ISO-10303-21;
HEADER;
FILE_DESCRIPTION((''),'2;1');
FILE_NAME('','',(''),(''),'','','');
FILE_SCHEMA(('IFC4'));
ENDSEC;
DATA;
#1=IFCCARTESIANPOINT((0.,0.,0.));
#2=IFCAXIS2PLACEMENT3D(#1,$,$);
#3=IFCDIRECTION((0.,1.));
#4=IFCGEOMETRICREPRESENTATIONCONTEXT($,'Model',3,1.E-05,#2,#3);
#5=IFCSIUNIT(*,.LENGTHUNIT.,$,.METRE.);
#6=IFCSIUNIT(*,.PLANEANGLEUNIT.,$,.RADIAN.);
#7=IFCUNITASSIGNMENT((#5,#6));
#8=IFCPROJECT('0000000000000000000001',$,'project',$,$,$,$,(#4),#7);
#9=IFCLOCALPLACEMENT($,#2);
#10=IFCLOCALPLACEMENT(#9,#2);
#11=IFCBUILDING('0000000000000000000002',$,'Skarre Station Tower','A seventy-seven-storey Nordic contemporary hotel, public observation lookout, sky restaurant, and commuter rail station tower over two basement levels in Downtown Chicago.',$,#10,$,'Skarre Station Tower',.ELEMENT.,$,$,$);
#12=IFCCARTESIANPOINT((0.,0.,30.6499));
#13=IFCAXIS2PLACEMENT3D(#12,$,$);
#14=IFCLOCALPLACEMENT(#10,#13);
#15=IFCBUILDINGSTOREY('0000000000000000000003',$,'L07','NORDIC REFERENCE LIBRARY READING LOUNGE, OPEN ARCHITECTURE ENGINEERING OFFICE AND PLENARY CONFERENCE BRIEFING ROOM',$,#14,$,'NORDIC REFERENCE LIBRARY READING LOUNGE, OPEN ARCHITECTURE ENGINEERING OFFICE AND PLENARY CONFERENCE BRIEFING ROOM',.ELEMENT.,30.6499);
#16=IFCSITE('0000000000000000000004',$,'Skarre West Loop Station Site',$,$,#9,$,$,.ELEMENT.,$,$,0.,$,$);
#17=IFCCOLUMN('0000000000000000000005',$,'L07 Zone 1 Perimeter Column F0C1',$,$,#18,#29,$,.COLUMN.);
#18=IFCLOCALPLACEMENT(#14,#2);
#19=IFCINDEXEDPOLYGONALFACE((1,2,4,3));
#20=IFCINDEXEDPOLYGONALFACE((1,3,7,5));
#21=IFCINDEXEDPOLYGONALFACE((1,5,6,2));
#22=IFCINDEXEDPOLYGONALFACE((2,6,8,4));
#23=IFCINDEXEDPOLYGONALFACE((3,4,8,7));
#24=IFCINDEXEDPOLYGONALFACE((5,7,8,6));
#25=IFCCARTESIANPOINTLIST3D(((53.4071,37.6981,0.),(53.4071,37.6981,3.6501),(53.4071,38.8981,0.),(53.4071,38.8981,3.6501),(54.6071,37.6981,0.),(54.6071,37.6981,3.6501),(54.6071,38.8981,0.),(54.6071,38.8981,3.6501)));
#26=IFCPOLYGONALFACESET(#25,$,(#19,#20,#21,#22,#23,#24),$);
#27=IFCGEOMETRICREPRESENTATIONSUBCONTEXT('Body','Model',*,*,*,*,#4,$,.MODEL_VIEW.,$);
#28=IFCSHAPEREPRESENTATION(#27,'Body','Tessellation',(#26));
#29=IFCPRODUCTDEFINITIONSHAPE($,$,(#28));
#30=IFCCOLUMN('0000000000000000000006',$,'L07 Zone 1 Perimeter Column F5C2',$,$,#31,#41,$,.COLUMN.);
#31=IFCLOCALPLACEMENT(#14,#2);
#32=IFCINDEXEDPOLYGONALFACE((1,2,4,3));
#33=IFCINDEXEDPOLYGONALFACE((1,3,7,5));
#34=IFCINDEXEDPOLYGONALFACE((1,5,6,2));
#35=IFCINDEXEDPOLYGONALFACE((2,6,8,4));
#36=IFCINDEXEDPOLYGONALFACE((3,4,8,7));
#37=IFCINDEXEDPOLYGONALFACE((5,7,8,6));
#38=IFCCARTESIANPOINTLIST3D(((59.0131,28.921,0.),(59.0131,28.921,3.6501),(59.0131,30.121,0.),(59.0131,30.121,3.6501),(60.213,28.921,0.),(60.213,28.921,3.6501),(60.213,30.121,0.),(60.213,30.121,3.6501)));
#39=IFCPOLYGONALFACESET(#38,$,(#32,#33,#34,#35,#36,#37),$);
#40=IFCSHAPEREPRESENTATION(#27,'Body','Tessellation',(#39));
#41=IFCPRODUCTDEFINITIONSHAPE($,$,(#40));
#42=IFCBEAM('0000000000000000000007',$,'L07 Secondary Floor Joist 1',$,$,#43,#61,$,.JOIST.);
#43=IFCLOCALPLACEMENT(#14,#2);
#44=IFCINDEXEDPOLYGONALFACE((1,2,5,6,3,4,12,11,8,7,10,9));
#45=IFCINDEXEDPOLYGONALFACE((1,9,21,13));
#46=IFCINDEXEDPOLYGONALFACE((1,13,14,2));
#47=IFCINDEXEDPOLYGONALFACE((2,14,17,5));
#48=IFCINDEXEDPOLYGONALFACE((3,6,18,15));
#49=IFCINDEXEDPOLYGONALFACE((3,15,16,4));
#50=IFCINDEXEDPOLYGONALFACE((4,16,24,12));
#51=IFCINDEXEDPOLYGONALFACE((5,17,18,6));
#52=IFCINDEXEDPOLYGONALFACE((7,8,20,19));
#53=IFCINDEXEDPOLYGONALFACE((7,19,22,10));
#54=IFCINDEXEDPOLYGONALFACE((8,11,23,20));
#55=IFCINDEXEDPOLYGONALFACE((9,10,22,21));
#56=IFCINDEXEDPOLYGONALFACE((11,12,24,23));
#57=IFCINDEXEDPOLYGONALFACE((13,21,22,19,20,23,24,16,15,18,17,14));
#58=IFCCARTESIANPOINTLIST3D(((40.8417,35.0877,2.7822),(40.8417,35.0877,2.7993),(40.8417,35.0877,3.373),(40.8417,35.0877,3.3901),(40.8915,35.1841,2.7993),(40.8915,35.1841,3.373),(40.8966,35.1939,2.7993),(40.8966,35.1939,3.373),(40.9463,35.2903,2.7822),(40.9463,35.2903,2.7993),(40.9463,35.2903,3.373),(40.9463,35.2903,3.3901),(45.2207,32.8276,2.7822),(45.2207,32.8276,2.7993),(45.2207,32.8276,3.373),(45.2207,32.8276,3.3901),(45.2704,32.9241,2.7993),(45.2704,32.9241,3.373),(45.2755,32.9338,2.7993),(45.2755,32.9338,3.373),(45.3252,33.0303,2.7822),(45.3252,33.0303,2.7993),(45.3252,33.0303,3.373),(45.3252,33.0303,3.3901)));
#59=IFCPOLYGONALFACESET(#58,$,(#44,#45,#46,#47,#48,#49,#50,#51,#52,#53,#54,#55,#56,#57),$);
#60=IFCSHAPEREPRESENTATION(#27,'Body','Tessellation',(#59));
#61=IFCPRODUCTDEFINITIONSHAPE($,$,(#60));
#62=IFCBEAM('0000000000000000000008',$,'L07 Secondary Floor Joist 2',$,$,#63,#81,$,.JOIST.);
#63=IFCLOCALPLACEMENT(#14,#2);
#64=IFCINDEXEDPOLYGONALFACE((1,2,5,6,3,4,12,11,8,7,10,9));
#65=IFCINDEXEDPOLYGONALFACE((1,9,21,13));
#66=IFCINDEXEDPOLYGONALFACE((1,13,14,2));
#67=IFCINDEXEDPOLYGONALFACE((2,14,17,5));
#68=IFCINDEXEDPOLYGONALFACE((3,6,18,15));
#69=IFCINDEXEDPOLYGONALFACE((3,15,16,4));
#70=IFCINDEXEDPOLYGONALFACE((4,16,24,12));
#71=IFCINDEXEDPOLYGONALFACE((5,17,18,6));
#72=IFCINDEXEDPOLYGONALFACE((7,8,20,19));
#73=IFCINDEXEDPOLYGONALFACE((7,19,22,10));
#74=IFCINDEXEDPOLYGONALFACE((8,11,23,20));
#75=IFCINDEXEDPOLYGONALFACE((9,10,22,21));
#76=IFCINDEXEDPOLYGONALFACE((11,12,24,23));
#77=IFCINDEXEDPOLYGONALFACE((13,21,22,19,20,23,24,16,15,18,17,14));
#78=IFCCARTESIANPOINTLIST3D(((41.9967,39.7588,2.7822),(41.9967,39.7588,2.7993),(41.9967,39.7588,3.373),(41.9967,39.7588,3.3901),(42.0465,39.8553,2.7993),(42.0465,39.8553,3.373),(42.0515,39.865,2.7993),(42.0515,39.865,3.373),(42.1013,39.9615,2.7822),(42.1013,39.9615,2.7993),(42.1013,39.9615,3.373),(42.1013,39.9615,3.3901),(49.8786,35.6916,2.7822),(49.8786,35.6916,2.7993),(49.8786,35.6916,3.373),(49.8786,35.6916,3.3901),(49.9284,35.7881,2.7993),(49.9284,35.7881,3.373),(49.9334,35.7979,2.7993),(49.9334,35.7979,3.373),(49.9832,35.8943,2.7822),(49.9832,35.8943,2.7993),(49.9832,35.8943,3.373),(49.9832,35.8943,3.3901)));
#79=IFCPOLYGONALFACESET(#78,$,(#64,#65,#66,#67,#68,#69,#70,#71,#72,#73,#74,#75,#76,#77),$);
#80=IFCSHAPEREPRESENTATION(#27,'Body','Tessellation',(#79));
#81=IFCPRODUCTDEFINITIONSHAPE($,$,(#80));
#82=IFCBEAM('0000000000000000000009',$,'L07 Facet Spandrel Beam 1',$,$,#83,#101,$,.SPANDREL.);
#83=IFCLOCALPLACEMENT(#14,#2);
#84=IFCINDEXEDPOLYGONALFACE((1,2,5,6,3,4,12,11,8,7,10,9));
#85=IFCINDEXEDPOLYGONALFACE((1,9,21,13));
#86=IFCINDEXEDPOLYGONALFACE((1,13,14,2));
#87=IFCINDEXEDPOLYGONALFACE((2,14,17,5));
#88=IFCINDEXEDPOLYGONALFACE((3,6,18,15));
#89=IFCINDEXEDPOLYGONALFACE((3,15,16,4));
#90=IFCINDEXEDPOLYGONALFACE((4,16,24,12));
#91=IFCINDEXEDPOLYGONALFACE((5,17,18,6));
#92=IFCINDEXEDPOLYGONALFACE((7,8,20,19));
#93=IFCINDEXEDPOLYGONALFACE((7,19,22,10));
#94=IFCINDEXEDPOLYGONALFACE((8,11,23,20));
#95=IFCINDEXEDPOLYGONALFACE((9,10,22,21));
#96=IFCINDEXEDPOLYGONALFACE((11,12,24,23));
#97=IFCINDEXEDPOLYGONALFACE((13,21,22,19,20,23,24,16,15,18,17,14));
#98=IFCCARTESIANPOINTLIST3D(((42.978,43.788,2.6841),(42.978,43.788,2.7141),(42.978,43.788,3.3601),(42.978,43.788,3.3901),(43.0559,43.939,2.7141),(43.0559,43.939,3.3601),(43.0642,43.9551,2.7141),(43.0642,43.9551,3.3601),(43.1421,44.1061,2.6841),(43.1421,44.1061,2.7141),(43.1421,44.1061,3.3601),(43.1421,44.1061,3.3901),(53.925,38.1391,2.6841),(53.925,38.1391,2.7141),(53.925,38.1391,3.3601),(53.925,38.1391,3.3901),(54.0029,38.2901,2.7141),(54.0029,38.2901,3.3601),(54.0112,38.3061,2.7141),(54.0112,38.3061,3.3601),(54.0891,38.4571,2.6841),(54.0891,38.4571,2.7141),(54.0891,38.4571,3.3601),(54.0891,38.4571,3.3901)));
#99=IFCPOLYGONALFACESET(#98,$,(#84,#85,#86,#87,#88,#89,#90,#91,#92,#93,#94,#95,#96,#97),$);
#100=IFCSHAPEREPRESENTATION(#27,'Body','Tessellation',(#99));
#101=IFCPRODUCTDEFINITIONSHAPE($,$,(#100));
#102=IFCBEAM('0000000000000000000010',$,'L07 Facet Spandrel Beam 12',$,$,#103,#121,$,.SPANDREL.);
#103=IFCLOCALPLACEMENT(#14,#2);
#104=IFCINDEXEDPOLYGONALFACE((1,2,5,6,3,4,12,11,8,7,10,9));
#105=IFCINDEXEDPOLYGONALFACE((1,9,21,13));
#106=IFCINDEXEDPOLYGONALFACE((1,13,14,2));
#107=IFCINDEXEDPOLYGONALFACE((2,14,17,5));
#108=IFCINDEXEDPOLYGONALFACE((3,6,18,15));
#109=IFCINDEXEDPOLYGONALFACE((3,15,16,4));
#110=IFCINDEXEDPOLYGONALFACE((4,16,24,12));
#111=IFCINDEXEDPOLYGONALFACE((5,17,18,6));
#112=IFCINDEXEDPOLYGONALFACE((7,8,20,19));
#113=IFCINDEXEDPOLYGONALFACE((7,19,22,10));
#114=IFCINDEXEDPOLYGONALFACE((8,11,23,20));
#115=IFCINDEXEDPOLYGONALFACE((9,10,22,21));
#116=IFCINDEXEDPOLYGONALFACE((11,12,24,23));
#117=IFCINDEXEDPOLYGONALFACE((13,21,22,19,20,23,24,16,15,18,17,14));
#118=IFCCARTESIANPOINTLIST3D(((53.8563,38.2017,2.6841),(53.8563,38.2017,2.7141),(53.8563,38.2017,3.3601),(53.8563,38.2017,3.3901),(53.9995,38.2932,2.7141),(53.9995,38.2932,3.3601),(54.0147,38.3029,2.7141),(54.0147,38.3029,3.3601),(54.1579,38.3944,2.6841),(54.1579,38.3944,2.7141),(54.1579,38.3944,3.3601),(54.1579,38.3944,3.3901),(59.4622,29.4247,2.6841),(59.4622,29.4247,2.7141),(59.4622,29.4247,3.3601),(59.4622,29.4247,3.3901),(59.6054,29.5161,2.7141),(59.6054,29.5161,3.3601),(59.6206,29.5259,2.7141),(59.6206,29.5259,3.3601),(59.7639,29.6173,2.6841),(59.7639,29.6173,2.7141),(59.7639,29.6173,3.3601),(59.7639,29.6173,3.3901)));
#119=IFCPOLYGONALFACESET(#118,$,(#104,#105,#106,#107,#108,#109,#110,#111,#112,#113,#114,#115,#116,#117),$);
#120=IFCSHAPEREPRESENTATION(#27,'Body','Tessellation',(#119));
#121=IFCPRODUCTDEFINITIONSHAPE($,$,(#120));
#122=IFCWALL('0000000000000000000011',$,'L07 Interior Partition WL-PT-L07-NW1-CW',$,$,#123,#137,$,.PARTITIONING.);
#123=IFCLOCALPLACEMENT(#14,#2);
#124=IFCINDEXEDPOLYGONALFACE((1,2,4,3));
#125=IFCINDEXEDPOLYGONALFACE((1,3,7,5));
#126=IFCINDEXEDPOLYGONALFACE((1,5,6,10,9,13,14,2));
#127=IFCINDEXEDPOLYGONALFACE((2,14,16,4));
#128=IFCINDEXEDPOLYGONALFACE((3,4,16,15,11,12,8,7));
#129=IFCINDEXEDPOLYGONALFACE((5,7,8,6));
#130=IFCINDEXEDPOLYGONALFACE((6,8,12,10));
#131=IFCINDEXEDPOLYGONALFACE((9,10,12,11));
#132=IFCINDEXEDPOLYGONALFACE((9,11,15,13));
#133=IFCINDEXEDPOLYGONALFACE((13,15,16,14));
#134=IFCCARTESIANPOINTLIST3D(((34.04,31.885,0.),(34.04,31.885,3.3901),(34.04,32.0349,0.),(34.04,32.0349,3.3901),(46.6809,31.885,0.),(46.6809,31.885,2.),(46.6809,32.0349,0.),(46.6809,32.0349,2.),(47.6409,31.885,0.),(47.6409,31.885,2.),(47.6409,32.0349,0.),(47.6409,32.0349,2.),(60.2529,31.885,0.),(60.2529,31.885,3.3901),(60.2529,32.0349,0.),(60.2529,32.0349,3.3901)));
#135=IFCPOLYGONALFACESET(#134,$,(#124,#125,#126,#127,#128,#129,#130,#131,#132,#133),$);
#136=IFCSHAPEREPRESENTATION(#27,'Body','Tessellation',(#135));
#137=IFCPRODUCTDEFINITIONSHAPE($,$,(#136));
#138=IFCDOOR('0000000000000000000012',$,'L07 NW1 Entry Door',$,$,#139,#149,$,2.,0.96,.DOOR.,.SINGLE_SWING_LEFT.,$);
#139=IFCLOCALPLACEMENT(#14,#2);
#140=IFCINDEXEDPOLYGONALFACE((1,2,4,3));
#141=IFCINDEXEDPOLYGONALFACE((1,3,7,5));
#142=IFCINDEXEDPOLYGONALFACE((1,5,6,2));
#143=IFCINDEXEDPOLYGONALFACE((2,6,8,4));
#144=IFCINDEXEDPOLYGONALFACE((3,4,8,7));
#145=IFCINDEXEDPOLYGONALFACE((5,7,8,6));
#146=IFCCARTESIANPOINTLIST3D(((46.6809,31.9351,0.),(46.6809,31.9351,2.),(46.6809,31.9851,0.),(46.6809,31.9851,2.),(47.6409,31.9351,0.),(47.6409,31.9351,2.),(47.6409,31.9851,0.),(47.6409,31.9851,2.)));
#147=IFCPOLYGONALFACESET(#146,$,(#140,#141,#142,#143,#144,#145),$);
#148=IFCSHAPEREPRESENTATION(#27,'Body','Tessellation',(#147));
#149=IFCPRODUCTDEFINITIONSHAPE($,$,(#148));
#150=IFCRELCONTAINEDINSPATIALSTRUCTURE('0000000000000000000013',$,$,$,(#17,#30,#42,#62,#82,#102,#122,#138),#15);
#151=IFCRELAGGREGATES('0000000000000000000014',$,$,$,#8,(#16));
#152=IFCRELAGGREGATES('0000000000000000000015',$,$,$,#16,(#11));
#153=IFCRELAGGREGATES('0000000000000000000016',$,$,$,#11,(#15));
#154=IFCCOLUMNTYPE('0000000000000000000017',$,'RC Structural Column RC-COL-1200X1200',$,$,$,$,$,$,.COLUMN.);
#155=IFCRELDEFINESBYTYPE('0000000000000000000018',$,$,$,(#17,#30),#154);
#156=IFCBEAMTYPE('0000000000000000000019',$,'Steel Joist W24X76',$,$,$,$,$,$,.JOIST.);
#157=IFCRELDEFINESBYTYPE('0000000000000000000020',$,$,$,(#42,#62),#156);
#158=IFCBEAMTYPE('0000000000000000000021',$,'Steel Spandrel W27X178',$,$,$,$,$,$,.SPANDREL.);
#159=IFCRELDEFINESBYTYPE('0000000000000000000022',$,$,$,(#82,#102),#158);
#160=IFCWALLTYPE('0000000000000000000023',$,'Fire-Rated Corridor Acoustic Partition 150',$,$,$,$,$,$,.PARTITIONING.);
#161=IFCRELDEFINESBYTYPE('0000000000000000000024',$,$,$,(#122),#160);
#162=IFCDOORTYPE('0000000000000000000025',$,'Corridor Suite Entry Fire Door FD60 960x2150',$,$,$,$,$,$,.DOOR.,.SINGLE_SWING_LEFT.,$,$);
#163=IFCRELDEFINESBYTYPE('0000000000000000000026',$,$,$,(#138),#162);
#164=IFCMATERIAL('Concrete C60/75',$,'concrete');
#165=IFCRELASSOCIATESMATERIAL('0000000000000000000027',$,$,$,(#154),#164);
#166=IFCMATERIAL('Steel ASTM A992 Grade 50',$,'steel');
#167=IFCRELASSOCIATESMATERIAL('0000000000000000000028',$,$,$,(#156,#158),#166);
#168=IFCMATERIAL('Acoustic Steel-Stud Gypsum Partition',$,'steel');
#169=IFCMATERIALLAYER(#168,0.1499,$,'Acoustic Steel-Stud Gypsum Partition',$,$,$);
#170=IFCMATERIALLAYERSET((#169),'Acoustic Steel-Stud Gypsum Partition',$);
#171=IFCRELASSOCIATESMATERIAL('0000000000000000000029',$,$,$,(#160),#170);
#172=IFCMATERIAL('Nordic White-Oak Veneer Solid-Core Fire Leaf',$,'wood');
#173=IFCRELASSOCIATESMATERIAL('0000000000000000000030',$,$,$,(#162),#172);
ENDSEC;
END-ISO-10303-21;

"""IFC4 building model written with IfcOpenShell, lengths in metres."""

from ifc_helpers import new_model, si_unit, direction, frame, frame_2d, origin, origin_2d, place, context, subcontext, project, spatial, rectangle, i_section, extrude, material, layer, layer_set, material_profile, profile_set, type_object, element, fill, save


model = new_model("IFC4")

# Units and contexts
model_context = context("Model", 3, precision=1e-05, world=origin(), true_north=direction((0.0, 1.0)))
body_context = subcontext(model_context, "Body", "Model", "MODEL_VIEW")
ifc_project = project(units=[si_unit("LENGTHUNIT", "METRE"), si_unit("PLANEANGLEUNIT", "RADIAN")], contexts=[model_context])

# Site, building, storey
site_placement = place(None, origin())
site = spatial("IfcSite", under=ifc_project, at=site_placement, Name="Skarre West Loop Station Site", CompositionType="ELEMENT", RefElevation=0.0)
building_placement = place(site_placement, origin())
building = spatial("IfcBuilding", under=site, at=building_placement, Name="Skarre Station Tower", Description="A seventy-seven-storey Nordic contemporary hotel, public observation lookout, sky restaurant, and commuter rail station tower over two basement levels in Downtown Chicago.", LongName="Skarre Station Tower", CompositionType="ELEMENT")
storey_placement = place(building_placement, frame((0.0, 0.0, 30.6499)))
storey = spatial("IfcBuildingStorey", under=building, at=storey_placement, Name="L07", Description="NORDIC REFERENCE LIBRARY READING LOUNGE, OPEN ARCHITECTURE ENGINEERING OFFICE AND PLENARY CONFERENCE BRIEFING ROOM", LongName="NORDIC REFERENCE LIBRARY READING LOUNGE, OPEN ARCHITECTURE ENGINEERING OFFICE AND PLENARY CONFERENCE BRIEFING ROOM", CompositionType="ELEMENT", Elevation=30.6499)

# Columns
ifc_material_1 = material(Name="Concrete C60/75", Category="concrete")
ifc_material_profile_1 = material_profile(ifc_material_1, rectangle(XDim=1.2, YDim=1.2, at=origin_2d()), Name="Concrete C60/75")
ifc_profile_set_1 = profile_set([ifc_material_profile_1], Name="Concrete C60/75")
column_type = type_object("IfcColumnType", Name="RC Structural Column RC-COL-1200X1200", PredefinedType="COLUMN", material=ifc_profile_set_1)
for number, where, z_axis, x_axis, name in (
    (1, (54.0071, 38.2981, 0.0), (0.0, 0.0, 1.0), (1.0, 0.0, 0.0), "L07 Zone 1 Perimeter Column F0C1"),
    (2, (59.613, 29.521, 0.0), (0.0, 0.0, 1.0), (1.0, 0.0, 0.0), "L07 Zone 1 Perimeter Column F5C2"),
):
    element("IfcColumn", number, at=place(storey_placement, frame(where, z_axis=z_axis, x_axis=x_axis)), inside=storey, type_object=column_type, Name=name, PredefinedType="COLUMN", context=body_context, shape_type="SweptSolid", body=[
        extrude(rectangle(XDim=1.2, YDim=1.2, at=origin_2d()), origin(), (0.0, 0.0, 1.0), 3.6501),
    ])

# Beams
ifc_material_2 = material(Name="Steel ASTM A992 Grade 50", Category="steel")
ifc_material_profile_2 = material_profile(ifc_material_2, i_section(OverallWidth=0.228, OverallDepth=0.6079, WebThickness=0.011, FlangeThickness=0.0171, at=origin_2d()), Name="Steel ASTM A992 Grade 50")
ifc_profile_set_2 = profile_set([ifc_material_profile_2], Name="Steel ASTM A992 Grade 50")
beam_type_1 = type_object("IfcBeamType", Name="Steel Joist W24X76", PredefinedType="JOIST", material=ifc_profile_set_2)
beam_1_placement = place(storey_placement, frame((45.2729, 32.929, 3.0862), z_axis=(-0.888627, 0.458632, 0.0), x_axis=(-0.458632, -0.888627, 0.0)))
element("IfcBeam", 3, at=beam_1_placement, inside=storey, type_object=beam_type_1, Name="L07 Secondary Floor Joist 1", PredefinedType="JOIST", context=body_context, shape_type="SweptSolid", body=[
    extrude(i_section(OverallWidth=0.228, OverallDepth=0.6079, WebThickness=0.011, FlangeThickness=0.0171, at=origin_2d()), origin(), (0.0, 0.0, 1.0), 4.9277),
])
beam_2_placement = place(storey_placement, frame((49.9309, 35.793, 3.0862), z_axis=(-0.888662, 0.458562, 0.0), x_axis=(-0.458562, -0.888662, 0.0)))
element("IfcBeam", 4, at=beam_2_placement, inside=storey, type_object=beam_type_1, Name="L07 Secondary Floor Joist 2", PredefinedType="JOIST", context=body_context, shape_type="SweptSolid", body=[
    extrude(i_section(OverallWidth=0.228, OverallDepth=0.6079, WebThickness=0.011, FlangeThickness=0.0171, at=origin_2d()), origin(), (0.0, 0.0, 1.0), 8.8694),
])
ifc_material_profile_3 = material_profile(ifc_material_2, i_section(OverallWidth=0.3579, OverallDepth=0.7061, WebThickness=0.0181, FlangeThickness=0.03, at=origin_2d()), Name="Steel ASTM A992 Grade 50")
ifc_profile_set_3 = profile_set([ifc_material_profile_3], Name="Steel ASTM A992 Grade 50")
beam_type_2 = type_object("IfcBeamType", Name="Steel Spandrel W27X178", PredefinedType="SPANDREL", material=ifc_profile_set_3)
beam_3_placement = place(storey_placement, frame((54.0071, 38.2981, 3.0371), z_axis=(-0.888659, 0.458569, 0.0), x_axis=(-0.458569, -0.888659, 0.0)))
element("IfcBeam", 5, at=beam_3_placement, inside=storey, type_object=beam_type_2, Name="L07 Facet Spandrel Beam 1", PredefinedType="SPANDREL", context=body_context, shape_type="SweptSolid", body=[
    extrude(i_section(OverallWidth=0.3579, OverallDepth=0.7061, WebThickness=0.0181, FlangeThickness=0.03, at=origin_2d()), origin(), (0.0, 0.0, 1.0), 12.3186),
])
beam_4_placement = place(storey_placement, frame((59.613, 29.521, 3.0371), z_axis=(-0.538278, 0.842767, 0.0), x_axis=(-0.842767, -0.538278, 0.0)))
element("IfcBeam", 6, at=beam_4_placement, inside=storey, type_object=beam_type_2, Name="L07 Facet Spandrel Beam 12", PredefinedType="SPANDREL", context=body_context, shape_type="SweptSolid", body=[
    extrude(i_section(OverallWidth=0.3579, OverallDepth=0.7061, WebThickness=0.0181, FlangeThickness=0.03, at=origin_2d()), origin(), (0.0, 0.0, 1.0), 10.4146),
])

# Wall, opening, door
ifc_material_3 = material(Name="Acoustic Steel-Stud Gypsum Partition", Category="steel")
ifc_layer_1 = layer(ifc_material_3, 0.1499, Name="Acoustic Steel-Stud Gypsum Partition")
ifc_layer_set_1 = layer_set([ifc_layer_1], Name="Acoustic Steel-Stud Gypsum Partition")
wall_type_1 = type_object("IfcWallType", Name="Fire-Rated Corridor Acoustic Partition 150", PredefinedType="PARTITIONING", material=ifc_layer_set_1)
wall_1_placement = place(storey_placement, frame((60.2529, 31.96, 0.0), z_axis=(0.0, 0.0, 1.0), x_axis=(-1.0, 0.0, 0.0)))
wall_1 = element("IfcWall", 7, at=wall_1_placement, inside=storey, type_object=wall_type_1, Name="L07 Interior Partition WL-PT-L07-NW1-CW", PredefinedType="PARTITIONING", context=body_context, shape_type="SweptSolid", body=[
    extrude(rectangle(XDim=26.2129, YDim=0.1499, at=frame_2d((13.1064, 0.0))), origin(), (0.0, 0.0, 1.0), 3.3901),
])
opening_1_placement = place(wall_1_placement, frame((12.6121, 0.0, 0.0)))
opening_1 = element("IfcOpeningElement", 8, at=opening_1_placement, cuts=wall_1, PredefinedType="OPENING", context=body_context, shape_type="SweptSolid", body=[
    extrude(rectangle(XDim=0.96, YDim=2.0, at=frame_2d((0.48, 1.0))), frame((0.0, 0.085, 0.0), z_axis=(0.0, -1.0, 0.0), x_axis=(1.0, 0.0, 0.0)), (0.0, 0.0, 1.0), 0.1699),
])
ifc_material_4 = material(Name="Nordic White-Oak Veneer Solid-Core Fire Leaf", Category="wood")
door_type = type_object("IfcDoorType", Name="Corridor Suite Entry Fire Door FD60 960x2150", OperationType="SINGLE_SWING_LEFT", PredefinedType="DOOR", material=ifc_material_4)
door_placement = place(opening_1_placement, origin())
door = element("IfcDoor", 9, at=door_placement, inside=storey, type_object=door_type, Name="L07 NW1 Entry Door", OperationType="SINGLE_SWING_LEFT", OverallHeight=2.0, OverallWidth=0.96, PredefinedType="DOOR", context=body_context, shape_type="SweptSolid", body=[
    extrude(rectangle(XDim=0.96, YDim=2.0, at=frame_2d((0.48, 1.0))), frame((0.0, 0.0249, 0.0), z_axis=(0.0, -1.0, 0.0), x_axis=(1.0, 0.0, 0.0)), (0.0, 0.0, 1.0), 0.05),
])
fill(opening_1, door)

save(model, "model.ifc")
